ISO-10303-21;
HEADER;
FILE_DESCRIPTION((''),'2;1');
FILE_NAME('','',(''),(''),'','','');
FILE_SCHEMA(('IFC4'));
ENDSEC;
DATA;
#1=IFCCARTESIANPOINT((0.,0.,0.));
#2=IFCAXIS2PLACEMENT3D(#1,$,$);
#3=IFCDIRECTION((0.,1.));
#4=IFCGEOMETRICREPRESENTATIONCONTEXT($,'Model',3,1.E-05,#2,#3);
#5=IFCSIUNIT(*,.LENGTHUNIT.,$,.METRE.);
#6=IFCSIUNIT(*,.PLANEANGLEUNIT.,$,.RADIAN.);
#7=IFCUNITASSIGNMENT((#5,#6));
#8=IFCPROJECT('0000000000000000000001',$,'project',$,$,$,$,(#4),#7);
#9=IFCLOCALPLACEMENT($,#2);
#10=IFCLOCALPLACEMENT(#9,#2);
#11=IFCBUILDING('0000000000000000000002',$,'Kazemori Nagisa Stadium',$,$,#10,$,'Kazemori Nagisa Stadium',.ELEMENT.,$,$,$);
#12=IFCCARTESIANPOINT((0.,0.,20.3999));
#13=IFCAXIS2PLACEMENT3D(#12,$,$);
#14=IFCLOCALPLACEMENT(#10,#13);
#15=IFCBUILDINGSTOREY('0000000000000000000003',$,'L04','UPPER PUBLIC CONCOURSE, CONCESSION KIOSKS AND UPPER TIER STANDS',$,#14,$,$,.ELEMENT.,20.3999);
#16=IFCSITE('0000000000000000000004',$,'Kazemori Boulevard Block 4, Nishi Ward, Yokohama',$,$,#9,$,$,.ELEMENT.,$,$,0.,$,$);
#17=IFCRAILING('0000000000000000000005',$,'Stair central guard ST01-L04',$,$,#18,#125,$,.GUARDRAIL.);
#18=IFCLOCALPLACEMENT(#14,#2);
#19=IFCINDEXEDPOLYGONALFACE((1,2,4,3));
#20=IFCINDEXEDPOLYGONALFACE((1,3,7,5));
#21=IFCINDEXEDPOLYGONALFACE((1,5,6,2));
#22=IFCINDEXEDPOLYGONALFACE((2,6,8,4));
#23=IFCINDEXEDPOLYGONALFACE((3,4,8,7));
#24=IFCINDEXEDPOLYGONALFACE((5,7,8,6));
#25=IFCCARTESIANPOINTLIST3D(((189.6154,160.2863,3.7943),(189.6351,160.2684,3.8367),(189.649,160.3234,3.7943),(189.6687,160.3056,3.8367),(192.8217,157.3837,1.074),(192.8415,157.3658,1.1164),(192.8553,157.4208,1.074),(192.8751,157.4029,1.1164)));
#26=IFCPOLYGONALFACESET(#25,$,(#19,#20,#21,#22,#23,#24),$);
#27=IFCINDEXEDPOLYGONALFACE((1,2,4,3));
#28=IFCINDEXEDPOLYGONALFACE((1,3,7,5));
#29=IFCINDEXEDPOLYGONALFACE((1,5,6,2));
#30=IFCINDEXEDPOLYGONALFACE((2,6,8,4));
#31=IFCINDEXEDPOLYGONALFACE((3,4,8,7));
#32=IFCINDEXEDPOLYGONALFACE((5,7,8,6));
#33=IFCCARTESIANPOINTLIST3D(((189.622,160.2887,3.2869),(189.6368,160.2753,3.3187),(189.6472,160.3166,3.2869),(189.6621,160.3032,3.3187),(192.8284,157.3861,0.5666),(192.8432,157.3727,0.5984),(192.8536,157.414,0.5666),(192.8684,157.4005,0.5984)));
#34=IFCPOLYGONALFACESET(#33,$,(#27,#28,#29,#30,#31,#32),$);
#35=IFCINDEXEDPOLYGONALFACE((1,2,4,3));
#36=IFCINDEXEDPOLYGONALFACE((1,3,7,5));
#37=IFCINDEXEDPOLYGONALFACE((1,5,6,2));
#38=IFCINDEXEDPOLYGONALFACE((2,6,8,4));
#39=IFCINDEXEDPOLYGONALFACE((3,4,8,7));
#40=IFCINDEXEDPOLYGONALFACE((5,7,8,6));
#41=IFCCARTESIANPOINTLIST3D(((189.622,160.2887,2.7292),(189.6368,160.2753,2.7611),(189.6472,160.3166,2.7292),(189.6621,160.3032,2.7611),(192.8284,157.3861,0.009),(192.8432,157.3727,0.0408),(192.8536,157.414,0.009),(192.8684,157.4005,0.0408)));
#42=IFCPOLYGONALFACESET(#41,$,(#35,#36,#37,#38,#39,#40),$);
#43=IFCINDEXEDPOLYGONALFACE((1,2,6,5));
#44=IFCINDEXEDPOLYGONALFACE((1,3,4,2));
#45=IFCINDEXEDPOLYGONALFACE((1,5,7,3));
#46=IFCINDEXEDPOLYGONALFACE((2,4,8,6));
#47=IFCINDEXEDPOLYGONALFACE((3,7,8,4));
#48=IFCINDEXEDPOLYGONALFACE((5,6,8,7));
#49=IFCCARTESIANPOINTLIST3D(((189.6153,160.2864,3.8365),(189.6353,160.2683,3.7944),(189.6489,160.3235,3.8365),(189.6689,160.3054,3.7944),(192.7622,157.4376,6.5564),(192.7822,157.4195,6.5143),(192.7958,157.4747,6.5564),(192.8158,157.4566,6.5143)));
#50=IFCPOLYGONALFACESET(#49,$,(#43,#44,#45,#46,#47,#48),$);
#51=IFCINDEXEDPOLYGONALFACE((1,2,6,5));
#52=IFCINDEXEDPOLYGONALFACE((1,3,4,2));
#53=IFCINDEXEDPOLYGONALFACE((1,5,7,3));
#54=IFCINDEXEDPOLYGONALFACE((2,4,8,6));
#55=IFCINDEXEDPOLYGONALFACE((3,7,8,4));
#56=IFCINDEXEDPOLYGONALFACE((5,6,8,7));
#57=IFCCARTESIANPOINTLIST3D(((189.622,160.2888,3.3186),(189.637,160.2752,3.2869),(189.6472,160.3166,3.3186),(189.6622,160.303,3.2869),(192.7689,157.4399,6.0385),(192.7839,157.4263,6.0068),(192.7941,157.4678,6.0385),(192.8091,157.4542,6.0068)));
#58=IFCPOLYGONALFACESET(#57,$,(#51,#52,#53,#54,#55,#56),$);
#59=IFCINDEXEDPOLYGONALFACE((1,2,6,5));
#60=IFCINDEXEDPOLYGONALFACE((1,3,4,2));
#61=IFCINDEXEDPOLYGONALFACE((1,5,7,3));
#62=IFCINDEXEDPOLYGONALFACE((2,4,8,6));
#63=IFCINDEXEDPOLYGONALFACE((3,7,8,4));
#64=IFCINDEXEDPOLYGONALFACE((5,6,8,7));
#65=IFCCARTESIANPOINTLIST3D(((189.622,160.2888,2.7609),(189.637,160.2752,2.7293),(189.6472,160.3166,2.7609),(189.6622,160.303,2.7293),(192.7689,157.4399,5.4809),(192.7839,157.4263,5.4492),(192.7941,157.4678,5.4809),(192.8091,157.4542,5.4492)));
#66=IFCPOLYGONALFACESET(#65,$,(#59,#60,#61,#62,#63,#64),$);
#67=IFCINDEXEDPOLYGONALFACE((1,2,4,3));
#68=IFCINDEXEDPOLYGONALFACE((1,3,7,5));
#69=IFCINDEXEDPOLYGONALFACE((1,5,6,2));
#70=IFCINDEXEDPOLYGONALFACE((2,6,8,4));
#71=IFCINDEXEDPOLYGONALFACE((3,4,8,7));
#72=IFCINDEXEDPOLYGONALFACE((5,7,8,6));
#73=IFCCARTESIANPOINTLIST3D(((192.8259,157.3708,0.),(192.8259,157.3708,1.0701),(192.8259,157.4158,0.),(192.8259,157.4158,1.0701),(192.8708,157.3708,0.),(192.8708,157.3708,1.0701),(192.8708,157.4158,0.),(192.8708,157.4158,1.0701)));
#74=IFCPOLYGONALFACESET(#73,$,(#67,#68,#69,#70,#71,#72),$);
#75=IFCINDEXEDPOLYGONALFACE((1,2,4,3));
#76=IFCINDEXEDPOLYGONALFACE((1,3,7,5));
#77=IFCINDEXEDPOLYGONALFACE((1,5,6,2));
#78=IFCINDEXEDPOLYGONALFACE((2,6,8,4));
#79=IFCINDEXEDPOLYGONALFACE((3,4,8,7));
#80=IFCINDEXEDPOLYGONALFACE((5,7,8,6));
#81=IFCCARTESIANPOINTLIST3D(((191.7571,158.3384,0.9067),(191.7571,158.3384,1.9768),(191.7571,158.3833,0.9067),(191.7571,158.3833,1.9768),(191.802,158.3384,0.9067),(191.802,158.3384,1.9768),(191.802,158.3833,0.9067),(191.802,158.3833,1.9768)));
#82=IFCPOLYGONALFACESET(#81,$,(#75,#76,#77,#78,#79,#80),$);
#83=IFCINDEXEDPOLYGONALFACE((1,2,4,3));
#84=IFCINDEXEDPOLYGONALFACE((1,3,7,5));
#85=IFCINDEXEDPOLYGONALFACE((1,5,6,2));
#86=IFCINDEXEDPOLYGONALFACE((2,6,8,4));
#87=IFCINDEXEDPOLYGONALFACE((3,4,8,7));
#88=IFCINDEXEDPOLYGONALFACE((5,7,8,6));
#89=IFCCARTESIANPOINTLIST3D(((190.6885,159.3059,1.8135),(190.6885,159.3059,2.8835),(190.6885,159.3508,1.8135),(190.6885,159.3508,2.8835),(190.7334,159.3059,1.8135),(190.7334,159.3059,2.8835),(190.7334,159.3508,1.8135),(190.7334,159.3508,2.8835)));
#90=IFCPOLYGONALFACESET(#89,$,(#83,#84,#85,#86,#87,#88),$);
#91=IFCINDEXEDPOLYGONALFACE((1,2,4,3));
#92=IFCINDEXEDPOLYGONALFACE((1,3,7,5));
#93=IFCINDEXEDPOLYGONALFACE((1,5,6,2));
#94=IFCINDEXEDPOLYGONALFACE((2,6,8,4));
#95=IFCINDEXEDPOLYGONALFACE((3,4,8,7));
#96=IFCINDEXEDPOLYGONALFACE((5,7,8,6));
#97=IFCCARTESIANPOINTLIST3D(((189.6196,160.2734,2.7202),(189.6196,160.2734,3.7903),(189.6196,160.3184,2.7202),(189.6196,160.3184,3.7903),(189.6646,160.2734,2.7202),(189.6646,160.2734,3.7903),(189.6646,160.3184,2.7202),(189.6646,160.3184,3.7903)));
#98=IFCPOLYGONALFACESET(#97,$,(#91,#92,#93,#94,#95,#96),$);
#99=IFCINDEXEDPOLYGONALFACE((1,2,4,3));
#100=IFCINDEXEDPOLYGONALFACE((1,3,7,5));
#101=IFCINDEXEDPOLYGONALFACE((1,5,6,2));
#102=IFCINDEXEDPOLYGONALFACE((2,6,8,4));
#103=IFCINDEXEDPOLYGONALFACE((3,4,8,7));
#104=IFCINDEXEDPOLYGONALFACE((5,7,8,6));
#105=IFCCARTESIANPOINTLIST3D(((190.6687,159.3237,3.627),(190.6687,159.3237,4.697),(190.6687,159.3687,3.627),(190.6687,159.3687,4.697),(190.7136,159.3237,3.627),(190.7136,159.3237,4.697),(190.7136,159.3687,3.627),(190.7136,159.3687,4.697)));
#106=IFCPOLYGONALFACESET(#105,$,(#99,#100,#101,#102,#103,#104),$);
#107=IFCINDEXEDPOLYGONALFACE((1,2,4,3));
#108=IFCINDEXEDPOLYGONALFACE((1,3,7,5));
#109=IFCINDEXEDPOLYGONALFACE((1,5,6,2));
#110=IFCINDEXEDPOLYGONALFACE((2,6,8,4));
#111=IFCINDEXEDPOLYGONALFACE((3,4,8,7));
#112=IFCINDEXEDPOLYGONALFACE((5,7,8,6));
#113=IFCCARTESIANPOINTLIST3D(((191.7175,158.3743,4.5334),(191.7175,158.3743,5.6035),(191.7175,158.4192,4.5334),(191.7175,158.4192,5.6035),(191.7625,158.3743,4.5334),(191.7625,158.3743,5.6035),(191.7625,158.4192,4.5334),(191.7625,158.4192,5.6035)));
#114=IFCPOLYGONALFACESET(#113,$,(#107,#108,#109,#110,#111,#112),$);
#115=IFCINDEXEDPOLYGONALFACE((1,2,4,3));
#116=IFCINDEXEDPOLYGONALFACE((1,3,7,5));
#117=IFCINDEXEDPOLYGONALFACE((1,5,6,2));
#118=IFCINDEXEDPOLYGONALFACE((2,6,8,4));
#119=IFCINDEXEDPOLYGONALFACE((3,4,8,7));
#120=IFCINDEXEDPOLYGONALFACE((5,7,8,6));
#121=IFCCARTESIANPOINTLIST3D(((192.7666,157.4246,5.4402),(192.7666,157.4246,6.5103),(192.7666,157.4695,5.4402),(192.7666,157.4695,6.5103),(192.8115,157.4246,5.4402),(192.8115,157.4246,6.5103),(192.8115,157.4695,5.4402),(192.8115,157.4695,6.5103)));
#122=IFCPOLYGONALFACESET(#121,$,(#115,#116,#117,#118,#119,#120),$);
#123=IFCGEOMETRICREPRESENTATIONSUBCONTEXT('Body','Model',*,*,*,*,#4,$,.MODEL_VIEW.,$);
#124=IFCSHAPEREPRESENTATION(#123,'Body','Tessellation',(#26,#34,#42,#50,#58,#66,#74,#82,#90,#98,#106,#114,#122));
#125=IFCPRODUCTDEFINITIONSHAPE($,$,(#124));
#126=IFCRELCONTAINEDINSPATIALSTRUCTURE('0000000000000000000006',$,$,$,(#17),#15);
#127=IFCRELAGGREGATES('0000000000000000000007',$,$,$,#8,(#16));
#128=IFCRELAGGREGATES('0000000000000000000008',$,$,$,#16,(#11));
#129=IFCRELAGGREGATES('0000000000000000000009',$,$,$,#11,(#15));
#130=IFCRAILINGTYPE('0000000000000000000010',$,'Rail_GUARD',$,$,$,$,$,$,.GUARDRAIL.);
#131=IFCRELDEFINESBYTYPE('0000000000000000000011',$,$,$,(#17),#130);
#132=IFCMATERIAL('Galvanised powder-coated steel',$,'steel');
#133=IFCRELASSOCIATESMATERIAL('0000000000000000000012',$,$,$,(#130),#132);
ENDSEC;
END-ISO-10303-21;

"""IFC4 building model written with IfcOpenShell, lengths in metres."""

from ifc_helpers import new_model, si_unit, direction, frame, origin, origin_2d, place, context, subcontext, project, spatial, rectangle, extrude, material, type_object, element, save


model = new_model("IFC4")

# Units and contexts
model_context = context("Model", 3, precision=1e-05, world=origin(), true_north=direction((0.0, 1.0)))
body_context = subcontext(model_context, "Body", "Model", "MODEL_VIEW")
ifc_project = project(units=[si_unit("LENGTHUNIT", "METRE"), si_unit("PLANEANGLEUNIT", "RADIAN")], contexts=[model_context])

# Site, building, storey
site_placement = place(None, origin())
site = spatial("IfcSite", under=ifc_project, at=site_placement, Name="Kazemori Boulevard Block 4, Nishi Ward, Yokohama", CompositionType="ELEMENT", RefElevation=0.0)
building_placement = place(site_placement, origin())
building = spatial("IfcBuilding", under=site, at=building_placement, Name="Kazemori Nagisa Stadium", LongName="Kazemori Nagisa Stadium", CompositionType="ELEMENT")
storey_placement = place(building_placement, frame((0.0, 0.0, 20.3999)))
storey = spatial("IfcBuildingStorey", under=building, at=storey_placement, Name="L04", Description="UPPER PUBLIC CONCOURSE, CONCESSION KIOSKS AND UPPER TIER STANDS", CompositionType="ELEMENT", Elevation=20.3999)

# Railing
ifc_material_1 = material(Name="Galvanised powder-coated steel", Category="steel")
railing_type_1 = type_object("IfcRailingType", Name="Rail_GUARD", PredefinedType="GUARDRAIL", material=ifc_material_1)
railing_1_placement = place(storey_placement, frame((192.8484, 157.3933, 0.0)))
element("IfcRailing", 1, at=railing_1_placement, inside=storey, type_object=railing_type_1, Name="Stair central guard ST01-L04", PredefinedType="GUARDRAIL", context=body_context, shape_type="SweptSolid", body=[
    extrude(rectangle(XDim=0.05, YDim=0.05, at=origin_2d()), frame((0.0, 0.0, 1.0952), z_axis=(-0.627542, 0.568099, 0.532405), x_axis=(-0.671123, -0.741346, 0.0)), (0.0, 0.0, 1.0), 5.1094),
    extrude(rectangle(XDim=0.0376, YDim=0.0376, at=origin_2d()), frame((0.0, 0.0, 0.5825), z_axis=(-0.627542, 0.568099, 0.532405), x_axis=(-0.671123, -0.741346, 0.0)), (0.0, 0.0, 1.0), 5.1094),
    extrude(rectangle(XDim=0.0376, YDim=0.0376, at=origin_2d()), frame((0.0, 0.0, 0.0249), z_axis=(-0.627542, 0.568099, 0.532405), x_axis=(-0.671123, -0.741346, 0.0)), (0.0, 0.0, 1.0), 5.1094),
    extrude(rectangle(XDim=0.05, YDim=0.05, at=origin_2d()), frame((-3.2063, 2.9026, 3.8154), z_axis=(0.624201, -0.565073, 0.539505), x_axis=(0.671123, 0.741346, 0.0)), (0.0, 0.0, 1.0), 5.0415),
    extrude(rectangle(XDim=0.0376, YDim=0.0376, at=origin_2d()), frame((-3.2063, 2.9026, 3.3027), z_axis=(0.624201, -0.565073, 0.539505), x_axis=(0.671123, 0.741346, 0.0)), (0.0, 0.0, 1.0), 5.0415),
    extrude(rectangle(XDim=0.0376, YDim=0.0376, at=origin_2d()), frame((-3.2063, 2.9026, 2.7451), z_axis=(0.624201, -0.565073, 0.539505), x_axis=(0.671123, 0.741346, 0.0)), (0.0, 0.0, 1.0), 5.0415),
    extrude(rectangle(XDim=0.0449, YDim=0.0449, at=origin_2d()), origin(), (0.0, 0.0, 1.0), 1.0701),
    extrude(rectangle(XDim=0.0449, YDim=0.0449, at=origin_2d()), frame((-1.0688, 0.9675, 0.9067)), (0.0, 0.0, 1.0), 1.0701),
    extrude(rectangle(XDim=0.0449, YDim=0.0449, at=origin_2d()), frame((-2.1375, 1.9351, 1.8135)), (0.0, 0.0, 1.0), 1.0701),
    extrude(rectangle(XDim=0.0449, YDim=0.0449, at=origin_2d()), frame((-3.2063, 2.9026, 2.7202)), (0.0, 0.0, 1.0), 1.0701),
    extrude(rectangle(XDim=0.0449, YDim=0.0449, at=origin_2d()), frame((-2.1572, 1.9529, 3.627)), (0.0, 0.0, 1.0), 1.0701),
    extrude(rectangle(XDim=0.0449, YDim=0.0449, at=origin_2d()), frame((-1.1084, 1.0034, 4.5334)), (0.0, 0.0, 1.0), 1.0701),
    extrude(rectangle(XDim=0.0449, YDim=0.0449, at=origin_2d()), frame((-0.0593, 0.0537, 5.4402)), (0.0, 0.0, 1.0), 1.0701),
])

save(model, "model.ifc")
